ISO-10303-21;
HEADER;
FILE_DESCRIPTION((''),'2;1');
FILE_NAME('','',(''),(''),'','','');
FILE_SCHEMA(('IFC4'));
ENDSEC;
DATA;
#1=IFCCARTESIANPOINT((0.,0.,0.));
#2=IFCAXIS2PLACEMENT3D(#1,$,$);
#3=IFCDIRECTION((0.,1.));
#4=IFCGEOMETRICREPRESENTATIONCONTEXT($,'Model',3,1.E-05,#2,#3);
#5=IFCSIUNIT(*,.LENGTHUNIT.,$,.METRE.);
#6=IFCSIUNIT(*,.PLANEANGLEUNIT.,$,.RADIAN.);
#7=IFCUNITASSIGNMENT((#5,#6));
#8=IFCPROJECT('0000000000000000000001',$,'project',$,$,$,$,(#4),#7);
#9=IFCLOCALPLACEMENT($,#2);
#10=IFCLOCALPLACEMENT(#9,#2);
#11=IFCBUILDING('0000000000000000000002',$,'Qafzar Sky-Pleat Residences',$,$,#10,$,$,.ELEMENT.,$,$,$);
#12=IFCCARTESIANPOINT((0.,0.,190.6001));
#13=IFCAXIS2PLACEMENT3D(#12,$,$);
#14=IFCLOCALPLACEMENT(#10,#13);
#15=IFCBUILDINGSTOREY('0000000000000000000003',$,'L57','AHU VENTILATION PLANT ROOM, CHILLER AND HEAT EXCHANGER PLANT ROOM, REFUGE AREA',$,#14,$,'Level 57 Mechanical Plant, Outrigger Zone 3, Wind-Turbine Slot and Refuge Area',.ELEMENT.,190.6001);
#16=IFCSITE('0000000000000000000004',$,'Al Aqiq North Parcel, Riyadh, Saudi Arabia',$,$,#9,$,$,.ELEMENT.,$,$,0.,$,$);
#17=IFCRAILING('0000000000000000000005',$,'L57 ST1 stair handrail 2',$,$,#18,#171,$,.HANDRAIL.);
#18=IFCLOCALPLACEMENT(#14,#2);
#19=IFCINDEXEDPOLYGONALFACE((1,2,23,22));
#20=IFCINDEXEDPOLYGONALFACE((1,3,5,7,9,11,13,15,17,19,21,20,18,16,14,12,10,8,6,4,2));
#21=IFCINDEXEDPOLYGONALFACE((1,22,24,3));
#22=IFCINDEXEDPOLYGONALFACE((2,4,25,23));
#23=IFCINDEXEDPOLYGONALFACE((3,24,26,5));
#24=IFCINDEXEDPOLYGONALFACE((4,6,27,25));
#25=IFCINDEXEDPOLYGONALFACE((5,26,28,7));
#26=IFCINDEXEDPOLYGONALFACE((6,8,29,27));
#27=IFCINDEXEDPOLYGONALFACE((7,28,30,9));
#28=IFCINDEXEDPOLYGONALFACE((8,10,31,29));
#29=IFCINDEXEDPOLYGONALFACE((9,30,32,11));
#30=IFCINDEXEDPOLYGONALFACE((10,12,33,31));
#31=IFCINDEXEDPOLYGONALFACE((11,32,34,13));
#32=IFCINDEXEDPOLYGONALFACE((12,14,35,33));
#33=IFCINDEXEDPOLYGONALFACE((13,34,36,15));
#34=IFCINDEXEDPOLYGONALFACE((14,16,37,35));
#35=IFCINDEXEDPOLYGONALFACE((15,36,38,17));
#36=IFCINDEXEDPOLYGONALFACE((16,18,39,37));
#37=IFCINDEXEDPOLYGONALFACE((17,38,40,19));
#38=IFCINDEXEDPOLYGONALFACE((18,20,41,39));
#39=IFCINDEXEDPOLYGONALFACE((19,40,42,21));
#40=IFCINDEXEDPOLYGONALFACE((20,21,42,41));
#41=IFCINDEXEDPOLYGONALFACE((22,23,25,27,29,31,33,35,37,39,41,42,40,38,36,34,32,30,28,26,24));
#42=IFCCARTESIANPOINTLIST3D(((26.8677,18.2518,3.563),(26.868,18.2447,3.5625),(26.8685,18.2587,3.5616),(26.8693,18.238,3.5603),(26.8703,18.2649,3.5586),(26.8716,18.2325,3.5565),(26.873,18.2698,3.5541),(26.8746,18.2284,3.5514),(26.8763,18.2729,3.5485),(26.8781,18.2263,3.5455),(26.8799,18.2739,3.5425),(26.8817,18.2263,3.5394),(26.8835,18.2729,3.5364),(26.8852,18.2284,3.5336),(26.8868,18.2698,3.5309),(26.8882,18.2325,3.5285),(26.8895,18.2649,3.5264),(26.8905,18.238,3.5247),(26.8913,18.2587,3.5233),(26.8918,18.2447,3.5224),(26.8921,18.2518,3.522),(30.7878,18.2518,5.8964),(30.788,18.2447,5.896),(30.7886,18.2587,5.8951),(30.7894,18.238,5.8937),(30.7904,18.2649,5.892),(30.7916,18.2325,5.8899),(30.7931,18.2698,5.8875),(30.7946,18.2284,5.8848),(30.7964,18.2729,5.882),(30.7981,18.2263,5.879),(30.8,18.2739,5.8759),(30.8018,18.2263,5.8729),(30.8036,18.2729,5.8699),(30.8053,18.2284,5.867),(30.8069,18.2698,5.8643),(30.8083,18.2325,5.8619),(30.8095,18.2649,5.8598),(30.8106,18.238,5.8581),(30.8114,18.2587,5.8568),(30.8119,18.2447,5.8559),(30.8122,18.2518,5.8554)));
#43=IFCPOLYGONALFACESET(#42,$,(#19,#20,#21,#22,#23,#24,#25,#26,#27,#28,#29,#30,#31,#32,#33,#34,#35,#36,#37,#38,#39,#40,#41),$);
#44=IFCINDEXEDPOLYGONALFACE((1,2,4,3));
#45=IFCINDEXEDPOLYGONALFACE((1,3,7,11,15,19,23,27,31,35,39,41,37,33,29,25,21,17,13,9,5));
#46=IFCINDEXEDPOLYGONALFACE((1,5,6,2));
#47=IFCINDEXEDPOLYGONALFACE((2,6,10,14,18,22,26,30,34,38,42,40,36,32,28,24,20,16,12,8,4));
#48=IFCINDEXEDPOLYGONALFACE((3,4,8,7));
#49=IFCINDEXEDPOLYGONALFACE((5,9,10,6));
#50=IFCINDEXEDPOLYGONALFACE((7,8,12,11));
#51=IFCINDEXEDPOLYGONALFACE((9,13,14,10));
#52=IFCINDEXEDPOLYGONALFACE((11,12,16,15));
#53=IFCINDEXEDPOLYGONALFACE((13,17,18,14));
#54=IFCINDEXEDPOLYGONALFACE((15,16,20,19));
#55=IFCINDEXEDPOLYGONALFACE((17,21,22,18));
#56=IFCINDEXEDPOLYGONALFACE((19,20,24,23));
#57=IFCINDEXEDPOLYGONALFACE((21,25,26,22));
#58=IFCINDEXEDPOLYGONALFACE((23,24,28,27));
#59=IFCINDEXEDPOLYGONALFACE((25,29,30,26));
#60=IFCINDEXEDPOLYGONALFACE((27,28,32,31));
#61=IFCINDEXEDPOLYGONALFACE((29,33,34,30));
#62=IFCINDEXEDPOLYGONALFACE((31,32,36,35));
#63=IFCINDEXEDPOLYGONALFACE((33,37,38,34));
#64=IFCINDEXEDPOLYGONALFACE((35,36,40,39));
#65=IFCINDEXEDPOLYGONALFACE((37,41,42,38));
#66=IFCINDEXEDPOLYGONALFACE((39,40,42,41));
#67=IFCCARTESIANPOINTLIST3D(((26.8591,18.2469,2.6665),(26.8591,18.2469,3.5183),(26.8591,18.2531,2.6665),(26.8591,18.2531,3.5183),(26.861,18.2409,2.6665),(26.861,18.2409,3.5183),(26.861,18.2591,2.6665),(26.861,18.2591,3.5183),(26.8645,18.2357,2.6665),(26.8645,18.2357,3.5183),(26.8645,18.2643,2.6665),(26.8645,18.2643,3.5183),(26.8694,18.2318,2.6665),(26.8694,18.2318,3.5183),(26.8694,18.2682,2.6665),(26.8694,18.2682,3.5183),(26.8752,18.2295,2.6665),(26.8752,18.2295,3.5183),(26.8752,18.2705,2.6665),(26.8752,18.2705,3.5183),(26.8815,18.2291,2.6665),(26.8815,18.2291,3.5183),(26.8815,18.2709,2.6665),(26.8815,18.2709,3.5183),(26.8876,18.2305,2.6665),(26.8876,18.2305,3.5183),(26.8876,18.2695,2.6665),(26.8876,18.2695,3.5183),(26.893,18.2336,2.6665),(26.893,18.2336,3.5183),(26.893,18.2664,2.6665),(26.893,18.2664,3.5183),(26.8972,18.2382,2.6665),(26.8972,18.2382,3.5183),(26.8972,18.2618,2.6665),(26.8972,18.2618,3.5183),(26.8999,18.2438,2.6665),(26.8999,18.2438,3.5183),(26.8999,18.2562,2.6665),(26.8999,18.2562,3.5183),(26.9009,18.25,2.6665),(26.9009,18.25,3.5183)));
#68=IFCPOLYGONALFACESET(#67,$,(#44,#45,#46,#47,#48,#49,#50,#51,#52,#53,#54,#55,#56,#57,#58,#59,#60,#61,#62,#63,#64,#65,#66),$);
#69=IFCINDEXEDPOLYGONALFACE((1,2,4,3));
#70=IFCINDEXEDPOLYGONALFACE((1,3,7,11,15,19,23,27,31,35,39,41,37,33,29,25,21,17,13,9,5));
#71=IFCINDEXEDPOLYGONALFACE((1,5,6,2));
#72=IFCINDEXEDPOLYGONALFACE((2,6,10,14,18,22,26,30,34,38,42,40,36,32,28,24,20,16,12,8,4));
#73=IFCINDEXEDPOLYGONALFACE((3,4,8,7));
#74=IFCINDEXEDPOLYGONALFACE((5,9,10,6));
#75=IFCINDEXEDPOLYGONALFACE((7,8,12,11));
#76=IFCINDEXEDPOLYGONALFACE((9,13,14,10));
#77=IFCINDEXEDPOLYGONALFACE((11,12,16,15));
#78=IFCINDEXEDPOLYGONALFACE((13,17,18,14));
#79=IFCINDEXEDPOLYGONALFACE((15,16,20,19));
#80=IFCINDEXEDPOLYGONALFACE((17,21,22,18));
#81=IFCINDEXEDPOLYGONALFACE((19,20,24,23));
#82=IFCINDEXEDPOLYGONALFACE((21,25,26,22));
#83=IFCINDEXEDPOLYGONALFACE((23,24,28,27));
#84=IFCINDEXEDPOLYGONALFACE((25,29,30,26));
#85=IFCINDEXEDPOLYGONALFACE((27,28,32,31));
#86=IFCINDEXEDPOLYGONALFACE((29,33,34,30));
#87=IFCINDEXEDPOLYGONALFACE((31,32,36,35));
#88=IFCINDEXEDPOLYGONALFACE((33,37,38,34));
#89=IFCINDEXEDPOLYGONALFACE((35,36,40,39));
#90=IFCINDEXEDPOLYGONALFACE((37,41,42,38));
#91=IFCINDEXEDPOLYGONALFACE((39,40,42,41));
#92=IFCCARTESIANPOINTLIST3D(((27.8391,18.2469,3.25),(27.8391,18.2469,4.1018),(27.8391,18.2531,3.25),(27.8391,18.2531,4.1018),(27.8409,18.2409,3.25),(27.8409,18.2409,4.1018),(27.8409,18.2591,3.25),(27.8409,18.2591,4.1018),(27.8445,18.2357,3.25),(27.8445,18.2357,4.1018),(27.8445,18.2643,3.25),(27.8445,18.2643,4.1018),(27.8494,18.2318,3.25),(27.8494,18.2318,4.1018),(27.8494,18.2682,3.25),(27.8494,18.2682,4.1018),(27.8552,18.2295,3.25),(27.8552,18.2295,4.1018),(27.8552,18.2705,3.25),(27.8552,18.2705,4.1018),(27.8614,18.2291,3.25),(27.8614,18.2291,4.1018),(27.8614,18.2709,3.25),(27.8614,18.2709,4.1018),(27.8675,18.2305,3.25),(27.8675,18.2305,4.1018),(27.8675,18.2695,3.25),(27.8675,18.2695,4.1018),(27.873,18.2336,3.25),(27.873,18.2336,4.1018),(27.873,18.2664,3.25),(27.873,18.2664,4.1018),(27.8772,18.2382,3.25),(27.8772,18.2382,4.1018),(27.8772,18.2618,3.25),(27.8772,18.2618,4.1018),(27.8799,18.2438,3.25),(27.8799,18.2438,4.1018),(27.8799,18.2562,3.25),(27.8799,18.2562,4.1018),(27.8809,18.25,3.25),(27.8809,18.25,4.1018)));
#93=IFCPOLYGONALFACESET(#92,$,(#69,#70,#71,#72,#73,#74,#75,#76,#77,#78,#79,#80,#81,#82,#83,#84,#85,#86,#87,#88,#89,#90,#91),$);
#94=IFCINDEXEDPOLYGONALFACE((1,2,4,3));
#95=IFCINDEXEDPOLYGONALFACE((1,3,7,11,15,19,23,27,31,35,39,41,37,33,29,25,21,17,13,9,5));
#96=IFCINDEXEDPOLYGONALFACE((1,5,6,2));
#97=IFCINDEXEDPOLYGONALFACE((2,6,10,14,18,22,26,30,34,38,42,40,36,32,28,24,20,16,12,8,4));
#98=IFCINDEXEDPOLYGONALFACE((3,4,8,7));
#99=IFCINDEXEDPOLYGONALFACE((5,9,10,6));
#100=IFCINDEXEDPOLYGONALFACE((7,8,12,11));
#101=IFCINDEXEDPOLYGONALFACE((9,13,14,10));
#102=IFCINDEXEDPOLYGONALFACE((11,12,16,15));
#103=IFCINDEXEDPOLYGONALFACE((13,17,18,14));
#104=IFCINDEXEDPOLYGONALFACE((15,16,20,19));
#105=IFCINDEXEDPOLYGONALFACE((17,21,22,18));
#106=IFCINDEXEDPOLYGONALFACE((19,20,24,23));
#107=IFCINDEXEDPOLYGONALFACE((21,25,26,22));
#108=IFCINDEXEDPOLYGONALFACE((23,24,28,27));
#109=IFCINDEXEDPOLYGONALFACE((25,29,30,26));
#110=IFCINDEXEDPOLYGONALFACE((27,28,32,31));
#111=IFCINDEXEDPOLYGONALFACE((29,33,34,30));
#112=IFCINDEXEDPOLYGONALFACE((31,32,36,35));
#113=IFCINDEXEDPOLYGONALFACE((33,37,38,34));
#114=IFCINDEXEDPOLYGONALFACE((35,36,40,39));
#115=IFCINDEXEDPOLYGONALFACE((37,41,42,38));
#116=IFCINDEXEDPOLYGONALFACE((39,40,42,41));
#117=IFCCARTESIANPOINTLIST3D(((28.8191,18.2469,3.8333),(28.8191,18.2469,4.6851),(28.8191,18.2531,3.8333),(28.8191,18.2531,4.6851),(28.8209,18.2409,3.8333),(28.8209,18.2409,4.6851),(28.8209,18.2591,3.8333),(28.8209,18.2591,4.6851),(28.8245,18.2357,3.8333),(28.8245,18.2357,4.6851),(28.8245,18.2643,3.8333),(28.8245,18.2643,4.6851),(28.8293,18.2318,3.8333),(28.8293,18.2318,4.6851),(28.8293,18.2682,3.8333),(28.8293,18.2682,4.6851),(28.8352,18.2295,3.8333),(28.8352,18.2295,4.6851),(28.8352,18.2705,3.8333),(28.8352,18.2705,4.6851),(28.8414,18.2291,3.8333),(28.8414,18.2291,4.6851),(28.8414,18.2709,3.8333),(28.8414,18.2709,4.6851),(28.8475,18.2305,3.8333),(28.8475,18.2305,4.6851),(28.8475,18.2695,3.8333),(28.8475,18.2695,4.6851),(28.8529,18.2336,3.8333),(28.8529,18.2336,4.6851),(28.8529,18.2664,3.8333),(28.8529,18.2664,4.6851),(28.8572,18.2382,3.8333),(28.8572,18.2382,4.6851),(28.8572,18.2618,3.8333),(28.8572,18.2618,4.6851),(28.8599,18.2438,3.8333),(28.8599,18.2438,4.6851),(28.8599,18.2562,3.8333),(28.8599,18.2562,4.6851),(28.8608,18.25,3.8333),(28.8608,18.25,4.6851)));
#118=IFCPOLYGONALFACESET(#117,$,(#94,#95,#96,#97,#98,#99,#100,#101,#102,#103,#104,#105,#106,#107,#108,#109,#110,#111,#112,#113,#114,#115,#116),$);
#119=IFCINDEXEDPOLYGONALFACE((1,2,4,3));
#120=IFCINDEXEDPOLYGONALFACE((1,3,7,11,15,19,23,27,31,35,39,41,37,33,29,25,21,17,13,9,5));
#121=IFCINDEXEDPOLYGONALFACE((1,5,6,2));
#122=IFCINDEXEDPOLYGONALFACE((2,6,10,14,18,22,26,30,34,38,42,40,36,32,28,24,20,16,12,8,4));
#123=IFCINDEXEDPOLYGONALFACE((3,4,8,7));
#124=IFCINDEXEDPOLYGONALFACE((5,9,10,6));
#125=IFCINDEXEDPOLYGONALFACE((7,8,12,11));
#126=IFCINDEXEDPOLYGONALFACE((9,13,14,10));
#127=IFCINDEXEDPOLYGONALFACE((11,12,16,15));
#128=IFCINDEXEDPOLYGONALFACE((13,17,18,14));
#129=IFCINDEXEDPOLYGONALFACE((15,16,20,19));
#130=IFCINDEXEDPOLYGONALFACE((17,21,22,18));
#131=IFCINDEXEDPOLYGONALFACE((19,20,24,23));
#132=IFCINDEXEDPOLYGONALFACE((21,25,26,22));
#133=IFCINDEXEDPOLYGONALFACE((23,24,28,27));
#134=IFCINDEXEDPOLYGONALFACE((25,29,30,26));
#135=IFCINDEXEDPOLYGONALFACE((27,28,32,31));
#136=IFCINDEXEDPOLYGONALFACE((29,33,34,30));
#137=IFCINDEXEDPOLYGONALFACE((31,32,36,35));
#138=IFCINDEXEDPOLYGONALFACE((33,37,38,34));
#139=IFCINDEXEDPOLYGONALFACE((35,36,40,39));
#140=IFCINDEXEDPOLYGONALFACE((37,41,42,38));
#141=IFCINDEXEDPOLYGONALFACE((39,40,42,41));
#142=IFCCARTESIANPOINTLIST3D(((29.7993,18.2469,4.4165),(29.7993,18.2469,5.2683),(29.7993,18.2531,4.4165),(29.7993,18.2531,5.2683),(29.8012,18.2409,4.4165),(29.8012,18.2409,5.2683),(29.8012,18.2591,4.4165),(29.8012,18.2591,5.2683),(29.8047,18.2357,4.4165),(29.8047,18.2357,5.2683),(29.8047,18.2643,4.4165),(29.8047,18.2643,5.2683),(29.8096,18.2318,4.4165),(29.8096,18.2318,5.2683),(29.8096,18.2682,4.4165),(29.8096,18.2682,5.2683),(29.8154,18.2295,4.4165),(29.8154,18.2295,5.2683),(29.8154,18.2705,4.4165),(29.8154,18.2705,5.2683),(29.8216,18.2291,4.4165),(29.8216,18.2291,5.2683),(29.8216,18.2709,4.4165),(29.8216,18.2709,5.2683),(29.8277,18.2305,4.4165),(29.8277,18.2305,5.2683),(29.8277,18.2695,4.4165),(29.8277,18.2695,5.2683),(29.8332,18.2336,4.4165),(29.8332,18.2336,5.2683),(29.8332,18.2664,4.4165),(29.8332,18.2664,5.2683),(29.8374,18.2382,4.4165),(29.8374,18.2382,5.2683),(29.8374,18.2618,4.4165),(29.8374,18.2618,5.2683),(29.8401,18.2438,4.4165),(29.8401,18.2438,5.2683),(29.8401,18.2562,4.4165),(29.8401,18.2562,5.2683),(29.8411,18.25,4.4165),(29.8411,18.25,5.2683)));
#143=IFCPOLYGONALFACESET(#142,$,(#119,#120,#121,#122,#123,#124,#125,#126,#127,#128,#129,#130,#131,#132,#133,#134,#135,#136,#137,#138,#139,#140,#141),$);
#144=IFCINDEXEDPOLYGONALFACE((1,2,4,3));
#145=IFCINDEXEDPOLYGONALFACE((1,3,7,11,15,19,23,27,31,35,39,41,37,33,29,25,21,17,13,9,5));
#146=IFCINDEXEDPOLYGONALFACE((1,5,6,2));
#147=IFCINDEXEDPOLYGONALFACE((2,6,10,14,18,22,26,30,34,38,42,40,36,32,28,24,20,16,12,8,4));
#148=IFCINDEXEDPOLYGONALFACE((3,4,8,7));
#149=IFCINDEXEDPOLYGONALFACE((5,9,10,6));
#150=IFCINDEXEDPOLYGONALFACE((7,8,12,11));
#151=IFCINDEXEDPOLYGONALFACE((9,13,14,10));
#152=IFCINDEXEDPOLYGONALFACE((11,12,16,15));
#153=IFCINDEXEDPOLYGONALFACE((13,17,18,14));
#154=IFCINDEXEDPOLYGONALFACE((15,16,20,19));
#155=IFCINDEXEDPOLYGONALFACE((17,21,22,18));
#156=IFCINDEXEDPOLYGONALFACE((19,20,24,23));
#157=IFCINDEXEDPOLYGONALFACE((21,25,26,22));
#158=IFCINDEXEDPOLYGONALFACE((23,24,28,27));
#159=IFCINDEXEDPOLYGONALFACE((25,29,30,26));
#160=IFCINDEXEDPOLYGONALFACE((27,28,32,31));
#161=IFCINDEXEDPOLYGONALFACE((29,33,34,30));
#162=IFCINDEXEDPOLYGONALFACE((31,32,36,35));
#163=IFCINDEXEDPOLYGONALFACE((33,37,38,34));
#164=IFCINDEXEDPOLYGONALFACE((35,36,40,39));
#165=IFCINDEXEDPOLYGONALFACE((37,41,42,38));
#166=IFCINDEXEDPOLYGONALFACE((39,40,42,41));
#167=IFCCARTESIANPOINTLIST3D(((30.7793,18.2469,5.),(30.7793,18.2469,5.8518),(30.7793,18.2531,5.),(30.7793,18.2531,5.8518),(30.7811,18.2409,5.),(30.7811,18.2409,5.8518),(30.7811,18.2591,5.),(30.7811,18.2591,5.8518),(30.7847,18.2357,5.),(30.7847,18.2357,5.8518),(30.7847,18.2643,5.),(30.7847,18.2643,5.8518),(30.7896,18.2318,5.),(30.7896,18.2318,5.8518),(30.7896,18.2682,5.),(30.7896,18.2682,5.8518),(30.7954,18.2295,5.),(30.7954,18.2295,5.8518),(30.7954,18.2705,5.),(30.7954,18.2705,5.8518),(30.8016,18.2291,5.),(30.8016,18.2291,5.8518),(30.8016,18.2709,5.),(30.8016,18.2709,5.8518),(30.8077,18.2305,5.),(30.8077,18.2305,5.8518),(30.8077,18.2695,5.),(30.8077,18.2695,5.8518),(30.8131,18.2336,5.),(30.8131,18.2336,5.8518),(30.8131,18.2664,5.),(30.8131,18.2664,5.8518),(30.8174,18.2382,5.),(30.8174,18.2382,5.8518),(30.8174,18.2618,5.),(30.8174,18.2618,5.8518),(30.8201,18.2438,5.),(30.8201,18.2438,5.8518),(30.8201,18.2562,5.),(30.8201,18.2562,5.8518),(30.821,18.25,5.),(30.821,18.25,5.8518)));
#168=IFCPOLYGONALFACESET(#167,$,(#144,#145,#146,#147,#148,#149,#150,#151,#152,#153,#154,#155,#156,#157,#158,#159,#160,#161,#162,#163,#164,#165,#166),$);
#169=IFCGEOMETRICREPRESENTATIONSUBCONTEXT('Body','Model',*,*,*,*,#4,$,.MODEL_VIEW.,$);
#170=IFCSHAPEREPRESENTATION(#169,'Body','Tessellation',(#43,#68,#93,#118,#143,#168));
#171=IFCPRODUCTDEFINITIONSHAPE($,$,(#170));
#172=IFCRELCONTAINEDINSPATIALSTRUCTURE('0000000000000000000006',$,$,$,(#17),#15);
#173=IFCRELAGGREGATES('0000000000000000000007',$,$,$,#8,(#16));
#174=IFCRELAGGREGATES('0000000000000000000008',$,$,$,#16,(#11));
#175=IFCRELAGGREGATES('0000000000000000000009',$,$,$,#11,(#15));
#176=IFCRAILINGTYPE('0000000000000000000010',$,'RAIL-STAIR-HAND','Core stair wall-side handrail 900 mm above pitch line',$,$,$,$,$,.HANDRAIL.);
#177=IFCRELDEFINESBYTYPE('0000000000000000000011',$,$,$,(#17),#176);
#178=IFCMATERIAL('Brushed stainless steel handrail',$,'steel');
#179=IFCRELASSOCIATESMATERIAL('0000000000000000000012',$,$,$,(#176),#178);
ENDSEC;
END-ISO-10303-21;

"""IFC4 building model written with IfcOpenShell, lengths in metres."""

from ifc_helpers import new_model, si_unit, direction, frame, origin, origin_2d, place, context, subcontext, project, spatial, circle, extrude, source, transform, mapped, material, type_object, element, save


model = new_model("IFC4")

# Units and contexts
model_context = context("Model", 3, precision=1e-05, world=origin(), true_north=direction((0.0, 1.0)))
body_context = subcontext(model_context, "Body", "Model", "MODEL_VIEW")
ifc_project = project(units=[si_unit("LENGTHUNIT", "METRE"), si_unit("PLANEANGLEUNIT", "RADIAN")], contexts=[model_context])

# Site, building, storey
site_placement = place(None, origin())
site = spatial("IfcSite", under=ifc_project, at=site_placement, Name="Al Aqiq North Parcel, Riyadh, Saudi Arabia", CompositionType="ELEMENT", RefElevation=0.0)
building_placement = place(site_placement, origin())
building = spatial("IfcBuilding", under=site, at=building_placement, Name="Qafzar Sky-Pleat Residences", CompositionType="ELEMENT")
storey_placement = place(building_placement, frame((0.0, 0.0, 190.6001)))
storey = spatial("IfcBuildingStorey", under=building, at=storey_placement, Name="L57", Description="AHU VENTILATION PLANT ROOM, CHILLER AND HEAT EXCHANGER PLANT ROOM, REFUGE AREA", LongName="Level 57 Mechanical Plant, Outrigger Zone 3, Wind-Turbine Slot and Refuge Area", CompositionType="ELEMENT", Elevation=190.6001)

# Railing
ifc_material_1 = material(Name="Brushed stainless steel handrail", Category="steel")
railing_type_1 = type_object("IfcRailingType", Name="RAIL-STAIR-HAND", Description="Core stair wall-side handrail 900 mm above pitch line", PredefinedType="HANDRAIL", material=ifc_material_1)
shared_shape_1 = source(origin(), body_context, "Body", "SweptSolid", [
    extrude(circle(Radius=0.0239, at=origin_2d()), frame((0.0, 0.0, 0.876), z_axis=(0.859287, 0.0, 0.511494), x_axis=(0.0, 1.0, 0.0)), (0.0, 0.0, 1.0), 4.562),
    extrude(circle(Radius=0.021, at=origin_2d()), origin(), (0.0, 0.0, 1.0), 0.8518),
    extrude(circle(Radius=0.021, at=origin_2d()), frame((0.98, 0.0, 0.5835)), (0.0, 0.0, 1.0), 0.8518),
    extrude(circle(Radius=0.021, at=origin_2d()), frame((1.96, 0.0, 1.1667)), (0.0, 0.0, 1.0), 0.8518),
    extrude(circle(Radius=0.021, at=origin_2d()), frame((2.9402, 0.0, 1.75)), (0.0, 0.0, 1.0), 0.8518),
    extrude(circle(Radius=0.021, at=origin_2d()), frame((3.9202, 0.0, 2.3335)), (0.0, 0.0, 1.0), 0.8518),
])
railing_1_placement = place(storey_placement, frame((26.8799, 18.25, 2.6665)))
element("IfcRailing", 1, at=railing_1_placement, inside=storey, type_object=railing_type_1, Name="L57 ST1 stair handrail 2", PredefinedType="HANDRAIL", context=body_context, shape_type="MappedRepresentation", body=[
    mapped(shared_shape_1, transform((0.0, 0.0, 0.0), x_axis=(1.0, 0.0, 0.0), y_axis=(0.0, 1.0, 0.0), z_axis=(0.0, 0.0, 1.0), scale=1.0)),
])

save(model, "model.ifc")
